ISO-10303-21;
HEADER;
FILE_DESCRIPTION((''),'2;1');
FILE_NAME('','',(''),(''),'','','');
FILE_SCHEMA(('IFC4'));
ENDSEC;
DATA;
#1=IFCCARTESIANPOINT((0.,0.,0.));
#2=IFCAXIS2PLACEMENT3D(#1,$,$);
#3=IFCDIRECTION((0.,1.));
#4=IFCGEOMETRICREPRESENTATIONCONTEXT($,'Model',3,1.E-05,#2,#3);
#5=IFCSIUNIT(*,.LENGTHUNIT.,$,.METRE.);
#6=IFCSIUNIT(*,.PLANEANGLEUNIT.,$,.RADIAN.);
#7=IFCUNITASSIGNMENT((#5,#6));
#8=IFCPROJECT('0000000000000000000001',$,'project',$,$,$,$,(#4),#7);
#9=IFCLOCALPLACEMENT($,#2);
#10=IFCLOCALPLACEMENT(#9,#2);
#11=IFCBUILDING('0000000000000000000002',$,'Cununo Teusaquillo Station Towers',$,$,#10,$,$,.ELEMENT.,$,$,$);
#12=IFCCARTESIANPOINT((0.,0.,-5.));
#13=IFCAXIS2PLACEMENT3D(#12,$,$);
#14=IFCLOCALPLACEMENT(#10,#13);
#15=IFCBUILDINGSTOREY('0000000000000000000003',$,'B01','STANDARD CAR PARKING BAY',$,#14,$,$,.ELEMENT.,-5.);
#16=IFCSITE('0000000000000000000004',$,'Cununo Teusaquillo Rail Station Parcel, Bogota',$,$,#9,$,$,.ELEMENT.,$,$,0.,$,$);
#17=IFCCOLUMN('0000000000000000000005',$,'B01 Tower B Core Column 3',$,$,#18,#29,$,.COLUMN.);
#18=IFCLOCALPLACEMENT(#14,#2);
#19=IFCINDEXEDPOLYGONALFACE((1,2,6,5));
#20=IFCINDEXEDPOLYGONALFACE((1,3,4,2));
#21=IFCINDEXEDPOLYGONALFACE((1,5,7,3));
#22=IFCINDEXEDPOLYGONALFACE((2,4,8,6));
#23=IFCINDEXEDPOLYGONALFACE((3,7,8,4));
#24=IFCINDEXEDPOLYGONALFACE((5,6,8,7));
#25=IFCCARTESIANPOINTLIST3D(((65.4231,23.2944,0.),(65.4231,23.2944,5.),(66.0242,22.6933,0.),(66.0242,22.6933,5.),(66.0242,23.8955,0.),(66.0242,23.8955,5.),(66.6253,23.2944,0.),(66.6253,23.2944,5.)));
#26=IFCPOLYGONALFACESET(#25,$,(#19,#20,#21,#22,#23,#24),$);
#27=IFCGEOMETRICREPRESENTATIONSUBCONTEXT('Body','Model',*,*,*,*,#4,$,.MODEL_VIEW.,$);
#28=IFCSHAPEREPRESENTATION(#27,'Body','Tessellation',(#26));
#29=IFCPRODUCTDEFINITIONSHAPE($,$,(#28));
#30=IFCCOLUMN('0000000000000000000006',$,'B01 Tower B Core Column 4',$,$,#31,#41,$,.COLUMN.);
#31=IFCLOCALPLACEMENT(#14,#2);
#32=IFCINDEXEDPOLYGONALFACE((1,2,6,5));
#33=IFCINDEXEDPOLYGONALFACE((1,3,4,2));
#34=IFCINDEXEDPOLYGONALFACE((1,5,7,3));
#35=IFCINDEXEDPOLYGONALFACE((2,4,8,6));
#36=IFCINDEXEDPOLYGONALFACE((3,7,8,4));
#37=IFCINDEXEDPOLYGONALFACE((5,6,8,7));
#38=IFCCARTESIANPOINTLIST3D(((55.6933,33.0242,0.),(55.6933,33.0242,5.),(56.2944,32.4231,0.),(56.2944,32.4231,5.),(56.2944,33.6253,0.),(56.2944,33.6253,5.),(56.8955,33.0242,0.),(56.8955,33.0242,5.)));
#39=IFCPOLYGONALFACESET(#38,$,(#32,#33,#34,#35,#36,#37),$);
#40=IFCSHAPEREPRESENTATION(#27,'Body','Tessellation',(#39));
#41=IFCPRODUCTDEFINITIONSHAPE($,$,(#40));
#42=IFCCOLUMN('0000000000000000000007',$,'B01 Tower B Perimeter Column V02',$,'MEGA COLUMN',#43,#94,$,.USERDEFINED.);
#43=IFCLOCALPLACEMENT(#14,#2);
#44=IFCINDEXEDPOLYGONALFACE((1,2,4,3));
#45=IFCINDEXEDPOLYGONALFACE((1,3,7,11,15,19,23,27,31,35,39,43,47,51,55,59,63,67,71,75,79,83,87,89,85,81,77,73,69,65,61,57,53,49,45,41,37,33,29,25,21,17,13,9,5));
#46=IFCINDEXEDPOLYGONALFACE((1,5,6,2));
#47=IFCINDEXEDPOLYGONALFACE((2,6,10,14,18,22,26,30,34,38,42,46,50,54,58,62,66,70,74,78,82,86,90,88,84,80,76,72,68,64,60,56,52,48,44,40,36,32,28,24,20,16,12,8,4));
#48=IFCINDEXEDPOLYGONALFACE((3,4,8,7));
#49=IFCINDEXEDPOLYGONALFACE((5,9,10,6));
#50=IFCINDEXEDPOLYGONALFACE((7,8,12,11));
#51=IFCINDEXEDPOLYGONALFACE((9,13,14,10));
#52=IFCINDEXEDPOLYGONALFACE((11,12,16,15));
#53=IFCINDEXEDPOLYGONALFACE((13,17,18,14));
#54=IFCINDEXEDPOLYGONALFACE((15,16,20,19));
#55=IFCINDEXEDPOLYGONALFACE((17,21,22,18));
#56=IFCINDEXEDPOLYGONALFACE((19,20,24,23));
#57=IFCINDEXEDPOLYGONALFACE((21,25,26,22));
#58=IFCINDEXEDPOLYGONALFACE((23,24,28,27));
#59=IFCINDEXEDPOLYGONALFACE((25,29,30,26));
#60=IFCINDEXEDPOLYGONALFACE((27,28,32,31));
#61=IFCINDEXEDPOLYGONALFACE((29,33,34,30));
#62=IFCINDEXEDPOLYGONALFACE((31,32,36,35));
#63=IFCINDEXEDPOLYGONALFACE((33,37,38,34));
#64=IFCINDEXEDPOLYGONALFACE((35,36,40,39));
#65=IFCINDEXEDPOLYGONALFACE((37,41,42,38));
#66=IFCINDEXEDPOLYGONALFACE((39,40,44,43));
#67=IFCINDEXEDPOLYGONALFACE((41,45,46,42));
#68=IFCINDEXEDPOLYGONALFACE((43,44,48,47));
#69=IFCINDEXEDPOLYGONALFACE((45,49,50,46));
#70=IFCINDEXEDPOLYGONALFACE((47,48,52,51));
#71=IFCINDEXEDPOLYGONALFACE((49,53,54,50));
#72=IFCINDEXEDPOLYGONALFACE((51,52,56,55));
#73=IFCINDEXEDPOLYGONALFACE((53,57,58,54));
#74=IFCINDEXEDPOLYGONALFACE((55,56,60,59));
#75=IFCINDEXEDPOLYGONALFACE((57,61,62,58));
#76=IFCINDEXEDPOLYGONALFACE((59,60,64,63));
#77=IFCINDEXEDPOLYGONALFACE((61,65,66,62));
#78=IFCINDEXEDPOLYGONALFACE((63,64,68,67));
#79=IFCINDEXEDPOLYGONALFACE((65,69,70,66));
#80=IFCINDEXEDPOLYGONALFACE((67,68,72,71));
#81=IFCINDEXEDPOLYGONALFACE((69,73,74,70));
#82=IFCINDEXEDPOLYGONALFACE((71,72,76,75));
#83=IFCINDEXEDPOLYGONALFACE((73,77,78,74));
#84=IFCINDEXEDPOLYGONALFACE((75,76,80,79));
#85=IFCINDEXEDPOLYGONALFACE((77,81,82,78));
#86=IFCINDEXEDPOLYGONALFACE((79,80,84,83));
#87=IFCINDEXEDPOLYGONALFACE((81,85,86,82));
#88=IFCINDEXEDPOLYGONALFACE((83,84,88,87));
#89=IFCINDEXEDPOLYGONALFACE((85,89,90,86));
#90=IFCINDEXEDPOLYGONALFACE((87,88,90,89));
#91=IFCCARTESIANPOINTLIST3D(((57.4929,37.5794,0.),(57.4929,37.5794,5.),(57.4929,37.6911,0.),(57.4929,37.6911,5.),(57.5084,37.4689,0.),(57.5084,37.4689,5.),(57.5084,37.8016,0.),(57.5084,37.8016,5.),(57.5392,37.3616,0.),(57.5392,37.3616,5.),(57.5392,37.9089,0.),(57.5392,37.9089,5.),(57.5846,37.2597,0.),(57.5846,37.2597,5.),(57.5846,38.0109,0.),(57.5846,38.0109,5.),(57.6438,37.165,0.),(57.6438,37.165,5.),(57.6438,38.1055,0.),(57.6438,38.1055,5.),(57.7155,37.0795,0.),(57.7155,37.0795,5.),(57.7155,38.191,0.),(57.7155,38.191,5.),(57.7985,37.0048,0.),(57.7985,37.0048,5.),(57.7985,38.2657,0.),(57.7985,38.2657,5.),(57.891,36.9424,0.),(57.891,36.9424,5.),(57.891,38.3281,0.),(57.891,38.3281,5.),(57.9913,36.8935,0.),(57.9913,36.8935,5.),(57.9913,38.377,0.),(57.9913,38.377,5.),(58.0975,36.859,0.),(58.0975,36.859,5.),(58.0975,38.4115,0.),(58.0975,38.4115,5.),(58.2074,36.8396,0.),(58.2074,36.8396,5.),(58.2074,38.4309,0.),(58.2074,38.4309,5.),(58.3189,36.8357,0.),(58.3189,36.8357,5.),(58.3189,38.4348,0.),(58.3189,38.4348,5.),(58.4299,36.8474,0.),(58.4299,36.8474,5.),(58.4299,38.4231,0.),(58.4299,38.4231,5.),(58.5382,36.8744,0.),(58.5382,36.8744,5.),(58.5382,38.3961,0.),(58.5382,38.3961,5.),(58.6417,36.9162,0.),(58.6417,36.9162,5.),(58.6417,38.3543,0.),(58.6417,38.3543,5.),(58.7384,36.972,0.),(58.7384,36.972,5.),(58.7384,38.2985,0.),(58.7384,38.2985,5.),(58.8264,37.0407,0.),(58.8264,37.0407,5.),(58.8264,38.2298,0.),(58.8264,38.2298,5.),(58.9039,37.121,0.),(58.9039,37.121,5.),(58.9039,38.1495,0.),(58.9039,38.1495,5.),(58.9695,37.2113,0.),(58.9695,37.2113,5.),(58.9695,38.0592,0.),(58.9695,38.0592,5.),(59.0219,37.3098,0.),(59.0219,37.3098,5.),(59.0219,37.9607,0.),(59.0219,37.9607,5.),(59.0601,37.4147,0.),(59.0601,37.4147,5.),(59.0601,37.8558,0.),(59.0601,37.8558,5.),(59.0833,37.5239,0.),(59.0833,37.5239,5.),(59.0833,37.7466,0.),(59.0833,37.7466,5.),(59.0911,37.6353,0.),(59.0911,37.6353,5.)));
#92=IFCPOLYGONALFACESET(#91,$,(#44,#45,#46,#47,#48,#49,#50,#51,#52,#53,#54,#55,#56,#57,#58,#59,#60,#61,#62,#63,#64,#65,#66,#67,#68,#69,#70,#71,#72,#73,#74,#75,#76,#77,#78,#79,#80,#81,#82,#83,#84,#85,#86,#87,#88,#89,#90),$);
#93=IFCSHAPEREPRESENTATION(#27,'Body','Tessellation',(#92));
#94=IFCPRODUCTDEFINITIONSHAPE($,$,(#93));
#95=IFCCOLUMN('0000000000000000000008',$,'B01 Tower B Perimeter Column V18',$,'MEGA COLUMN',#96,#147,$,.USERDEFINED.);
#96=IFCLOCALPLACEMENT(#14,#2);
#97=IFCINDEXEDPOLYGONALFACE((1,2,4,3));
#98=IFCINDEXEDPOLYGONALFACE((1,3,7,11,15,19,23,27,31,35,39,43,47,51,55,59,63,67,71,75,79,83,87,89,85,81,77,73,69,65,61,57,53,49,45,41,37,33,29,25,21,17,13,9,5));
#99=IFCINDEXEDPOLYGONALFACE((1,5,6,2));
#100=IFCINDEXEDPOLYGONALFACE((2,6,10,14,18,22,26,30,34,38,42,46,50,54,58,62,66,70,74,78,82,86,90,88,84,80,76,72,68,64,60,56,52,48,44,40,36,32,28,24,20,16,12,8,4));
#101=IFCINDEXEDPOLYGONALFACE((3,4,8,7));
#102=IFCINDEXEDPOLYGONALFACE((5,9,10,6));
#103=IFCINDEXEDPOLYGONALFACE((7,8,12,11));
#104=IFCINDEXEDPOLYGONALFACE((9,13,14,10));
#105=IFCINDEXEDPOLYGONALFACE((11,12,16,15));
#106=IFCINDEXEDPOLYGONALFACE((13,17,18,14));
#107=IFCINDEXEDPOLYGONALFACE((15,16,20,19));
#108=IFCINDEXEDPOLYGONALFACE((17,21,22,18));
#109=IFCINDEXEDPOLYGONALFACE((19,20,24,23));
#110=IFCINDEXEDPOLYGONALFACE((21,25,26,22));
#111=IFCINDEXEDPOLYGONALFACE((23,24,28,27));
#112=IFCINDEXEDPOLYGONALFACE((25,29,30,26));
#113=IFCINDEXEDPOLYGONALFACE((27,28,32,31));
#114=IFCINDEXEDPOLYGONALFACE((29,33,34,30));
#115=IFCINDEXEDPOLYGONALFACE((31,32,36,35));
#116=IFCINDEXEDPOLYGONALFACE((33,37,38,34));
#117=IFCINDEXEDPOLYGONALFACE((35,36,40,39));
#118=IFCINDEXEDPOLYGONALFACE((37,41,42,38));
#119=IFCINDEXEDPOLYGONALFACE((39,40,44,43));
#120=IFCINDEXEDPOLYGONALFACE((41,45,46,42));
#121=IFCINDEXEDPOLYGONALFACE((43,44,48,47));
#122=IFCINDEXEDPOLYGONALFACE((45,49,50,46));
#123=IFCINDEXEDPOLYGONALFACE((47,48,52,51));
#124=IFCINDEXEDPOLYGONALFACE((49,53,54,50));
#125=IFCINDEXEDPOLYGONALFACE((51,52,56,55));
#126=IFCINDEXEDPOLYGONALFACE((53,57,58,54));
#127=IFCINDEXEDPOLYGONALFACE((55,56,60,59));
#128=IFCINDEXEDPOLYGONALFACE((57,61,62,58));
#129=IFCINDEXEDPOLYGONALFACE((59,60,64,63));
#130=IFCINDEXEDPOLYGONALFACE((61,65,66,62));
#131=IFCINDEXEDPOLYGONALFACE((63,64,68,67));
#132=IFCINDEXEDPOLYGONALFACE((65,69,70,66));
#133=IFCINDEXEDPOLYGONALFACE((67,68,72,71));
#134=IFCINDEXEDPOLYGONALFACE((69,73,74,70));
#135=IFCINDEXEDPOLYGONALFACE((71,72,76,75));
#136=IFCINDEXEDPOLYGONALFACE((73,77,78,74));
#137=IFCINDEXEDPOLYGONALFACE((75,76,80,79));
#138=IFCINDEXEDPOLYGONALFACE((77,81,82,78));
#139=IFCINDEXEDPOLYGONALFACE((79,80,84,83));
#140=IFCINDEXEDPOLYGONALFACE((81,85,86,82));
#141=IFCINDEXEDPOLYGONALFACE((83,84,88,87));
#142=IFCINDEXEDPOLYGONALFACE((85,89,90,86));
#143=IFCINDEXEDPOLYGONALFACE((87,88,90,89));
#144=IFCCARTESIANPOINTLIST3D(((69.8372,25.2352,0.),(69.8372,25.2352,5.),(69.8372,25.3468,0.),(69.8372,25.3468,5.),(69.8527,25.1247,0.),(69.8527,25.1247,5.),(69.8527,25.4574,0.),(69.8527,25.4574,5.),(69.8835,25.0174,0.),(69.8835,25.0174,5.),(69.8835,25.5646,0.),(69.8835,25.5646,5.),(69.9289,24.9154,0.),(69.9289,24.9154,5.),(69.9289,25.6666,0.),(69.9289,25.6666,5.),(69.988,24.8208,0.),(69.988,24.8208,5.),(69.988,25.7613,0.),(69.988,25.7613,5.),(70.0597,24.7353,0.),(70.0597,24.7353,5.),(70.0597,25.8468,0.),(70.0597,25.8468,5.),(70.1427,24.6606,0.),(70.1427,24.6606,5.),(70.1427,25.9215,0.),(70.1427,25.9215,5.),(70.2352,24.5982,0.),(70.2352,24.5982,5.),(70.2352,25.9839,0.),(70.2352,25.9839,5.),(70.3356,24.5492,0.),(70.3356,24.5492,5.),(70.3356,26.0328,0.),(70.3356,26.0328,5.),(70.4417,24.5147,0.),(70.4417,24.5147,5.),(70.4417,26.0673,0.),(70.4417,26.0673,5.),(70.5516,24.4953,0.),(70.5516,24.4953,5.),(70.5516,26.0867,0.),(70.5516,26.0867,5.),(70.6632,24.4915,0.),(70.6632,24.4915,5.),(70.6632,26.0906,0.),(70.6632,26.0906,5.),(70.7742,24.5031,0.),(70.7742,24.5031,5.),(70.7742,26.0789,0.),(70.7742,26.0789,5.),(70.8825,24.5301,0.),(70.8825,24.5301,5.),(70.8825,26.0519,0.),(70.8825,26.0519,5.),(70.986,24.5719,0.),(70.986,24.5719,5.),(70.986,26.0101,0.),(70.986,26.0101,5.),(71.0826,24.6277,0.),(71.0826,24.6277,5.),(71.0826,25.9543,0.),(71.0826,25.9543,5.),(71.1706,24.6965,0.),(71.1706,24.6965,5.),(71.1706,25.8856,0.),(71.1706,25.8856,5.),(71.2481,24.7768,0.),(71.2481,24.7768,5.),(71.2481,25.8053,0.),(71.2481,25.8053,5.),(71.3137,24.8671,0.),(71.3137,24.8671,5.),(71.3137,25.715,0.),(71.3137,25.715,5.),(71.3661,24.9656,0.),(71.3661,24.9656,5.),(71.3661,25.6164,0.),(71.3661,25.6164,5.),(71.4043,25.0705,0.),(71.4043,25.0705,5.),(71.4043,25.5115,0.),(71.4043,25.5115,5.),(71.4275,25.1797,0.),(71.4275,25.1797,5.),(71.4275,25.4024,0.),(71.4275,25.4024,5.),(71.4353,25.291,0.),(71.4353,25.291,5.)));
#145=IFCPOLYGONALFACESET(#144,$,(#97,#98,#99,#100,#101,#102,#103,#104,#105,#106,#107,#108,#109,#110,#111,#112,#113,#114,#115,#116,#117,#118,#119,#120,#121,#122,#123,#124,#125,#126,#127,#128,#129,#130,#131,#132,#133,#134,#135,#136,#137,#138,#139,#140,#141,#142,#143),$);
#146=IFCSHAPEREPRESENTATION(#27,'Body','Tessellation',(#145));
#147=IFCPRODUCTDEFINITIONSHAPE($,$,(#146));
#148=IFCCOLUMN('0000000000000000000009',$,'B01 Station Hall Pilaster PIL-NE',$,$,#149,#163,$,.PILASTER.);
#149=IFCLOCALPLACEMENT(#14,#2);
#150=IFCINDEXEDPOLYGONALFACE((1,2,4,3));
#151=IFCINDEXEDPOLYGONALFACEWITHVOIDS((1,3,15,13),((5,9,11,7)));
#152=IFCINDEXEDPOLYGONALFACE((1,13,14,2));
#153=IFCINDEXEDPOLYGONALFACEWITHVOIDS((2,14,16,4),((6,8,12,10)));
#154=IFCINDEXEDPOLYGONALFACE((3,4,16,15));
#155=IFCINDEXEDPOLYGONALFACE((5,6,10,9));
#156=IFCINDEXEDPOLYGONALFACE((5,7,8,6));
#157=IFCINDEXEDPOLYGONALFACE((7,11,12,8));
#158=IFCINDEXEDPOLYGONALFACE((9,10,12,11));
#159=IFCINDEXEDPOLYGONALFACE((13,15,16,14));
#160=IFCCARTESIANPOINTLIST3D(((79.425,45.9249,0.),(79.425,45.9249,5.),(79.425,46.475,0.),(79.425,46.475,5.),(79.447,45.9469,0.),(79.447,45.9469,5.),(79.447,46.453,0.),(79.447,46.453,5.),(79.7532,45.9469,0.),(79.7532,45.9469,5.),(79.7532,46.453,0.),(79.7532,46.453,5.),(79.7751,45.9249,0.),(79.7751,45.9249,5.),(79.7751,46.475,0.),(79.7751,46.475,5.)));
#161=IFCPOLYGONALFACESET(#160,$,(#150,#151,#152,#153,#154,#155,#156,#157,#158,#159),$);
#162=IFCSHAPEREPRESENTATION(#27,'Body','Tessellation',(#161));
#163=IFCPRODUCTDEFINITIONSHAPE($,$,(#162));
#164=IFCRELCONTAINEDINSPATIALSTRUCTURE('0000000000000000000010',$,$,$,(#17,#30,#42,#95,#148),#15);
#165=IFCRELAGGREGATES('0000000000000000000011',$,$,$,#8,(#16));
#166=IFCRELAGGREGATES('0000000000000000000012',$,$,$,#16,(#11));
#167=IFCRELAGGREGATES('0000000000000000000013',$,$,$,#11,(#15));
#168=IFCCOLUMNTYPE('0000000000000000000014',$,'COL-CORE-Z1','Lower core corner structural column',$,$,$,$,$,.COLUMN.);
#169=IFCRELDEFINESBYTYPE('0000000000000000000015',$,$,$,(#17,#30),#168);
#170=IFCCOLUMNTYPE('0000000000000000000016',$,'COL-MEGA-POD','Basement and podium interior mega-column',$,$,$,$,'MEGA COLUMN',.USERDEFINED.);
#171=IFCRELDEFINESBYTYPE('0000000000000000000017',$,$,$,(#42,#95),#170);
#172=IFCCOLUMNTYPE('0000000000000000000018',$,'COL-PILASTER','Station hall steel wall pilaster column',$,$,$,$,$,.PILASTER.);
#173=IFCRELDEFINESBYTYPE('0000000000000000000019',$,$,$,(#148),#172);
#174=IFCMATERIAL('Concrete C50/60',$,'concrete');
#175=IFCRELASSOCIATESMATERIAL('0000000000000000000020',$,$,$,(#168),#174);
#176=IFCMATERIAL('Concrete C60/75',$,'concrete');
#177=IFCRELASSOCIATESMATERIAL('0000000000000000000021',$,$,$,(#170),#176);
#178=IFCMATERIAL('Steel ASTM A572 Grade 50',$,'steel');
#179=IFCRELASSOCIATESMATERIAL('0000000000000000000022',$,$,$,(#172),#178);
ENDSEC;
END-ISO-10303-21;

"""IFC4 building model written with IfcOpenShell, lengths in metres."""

from ifc_helpers import new_model, si_unit, direction, frame, origin, origin_2d, place, context, subcontext, project, spatial, rectangle, hollow_rectangle, circle, extrude, material, material_profile, profile_set, type_object, element, save


model = new_model("IFC4")

# Units and contexts
model_context = context("Model", 3, precision=1e-05, world=origin(), true_north=direction((0.0, 1.0)))
body_context = subcontext(model_context, "Body", "Model", "MODEL_VIEW")
ifc_project = project(units=[si_unit("LENGTHUNIT", "METRE"), si_unit("PLANEANGLEUNIT", "RADIAN")], contexts=[model_context])

# Site, building, storey
site_placement = place(None, origin())
site = spatial("IfcSite", under=ifc_project, at=site_placement, Name="Cununo Teusaquillo Rail Station Parcel, Bogota", CompositionType="ELEMENT", RefElevation=0.0)
building_placement = place(site_placement, origin())
building = spatial("IfcBuilding", under=site, at=building_placement, Name="Cununo Teusaquillo Station Towers", CompositionType="ELEMENT")
storey_placement = place(building_placement, frame((0.0, 0.0, -5.0)))
storey = spatial("IfcBuildingStorey", under=building, at=storey_placement, Name="B01", Description="STANDARD CAR PARKING BAY", CompositionType="ELEMENT", Elevation=-5.0)

# Columns
ifc_material_1 = material(Name="Concrete C50/60", Category="concrete")
ifc_material_profile_1 = material_profile(ifc_material_1, rectangle(XDim=0.8501, YDim=0.8501, at=origin_2d()), Name="RC-RECT-850x850")
ifc_profile_set_1 = profile_set([ifc_material_profile_1], Name="Concrete C50/60")
column_type_1 = type_object("IfcColumnType", Name="COL-CORE-Z1", Description="Lower core corner structural column", PredefinedType="COLUMN", material=ifc_profile_set_1)
for number, where, z_axis, x_axis, name in (
    (1, (66.0242, 23.2944, 0.0), (0.0, 0.0, 1.0), (0.707107, 0.707107, 0.0), "B01 Tower B Core Column 3"),
    (2, (56.2944, 33.0242, 0.0), (0.0, 0.0, 1.0), (0.707107, 0.707107, 0.0), "B01 Tower B Core Column 4"),
):
    element("IfcColumn", number, at=place(storey_placement, frame(where, z_axis=z_axis, x_axis=x_axis)), inside=storey, type_object=column_type_1, Name=name, PredefinedType="COLUMN", context=body_context, shape_type="SweptSolid", body=[
        extrude(rectangle(XDim=0.8501, YDim=0.8501, at=origin_2d()), origin(), (0.0, 0.0, 1.0), 5.0),
    ])
ifc_material_2 = material(Name="Concrete C60/75", Category="concrete")
ifc_material_profile_2 = material_profile(ifc_material_2, circle(Radius=0.8, at=origin_2d()), Name="RC-CIRC-1600")
ifc_profile_set_2 = profile_set([ifc_material_profile_2], Name="Concrete C60/75")
column_type_2 = type_object("IfcColumnType", Name="COL-MEGA-POD", Description="Basement and podium interior mega-column", ElementType="MEGA COLUMN", PredefinedType="USERDEFINED", material=ifc_profile_set_2)
for number, where, z_axis, x_axis, name in (
    (3, (58.291, 37.6353, 0.0), (0.0, 0.0, 1.0), (1.0, 0.0, 0.0), "B01 Tower B Perimeter Column V02"),
    (4, (70.6353, 25.291, 0.0), (0.0, 0.0, 1.0), (1.0, 0.0, 0.0), "B01 Tower B Perimeter Column V18"),
):
    element("IfcColumn", number, at=place(storey_placement, frame(where, z_axis=z_axis, x_axis=x_axis)), inside=storey, type_object=column_type_2, Name=name, ObjectType="MEGA COLUMN", PredefinedType="USERDEFINED", context=body_context, shape_type="SweptSolid", body=[
        extrude(circle(Radius=0.8, at=origin_2d()), origin(), (0.0, 0.0, 1.0), 5.0),
    ])
ifc_material_3 = material(Name="Steel ASTM A572 Grade 50", Category="steel")
ifc_material_profile_3 = material_profile(ifc_material_3, hollow_rectangle(XDim=0.3501, YDim=0.55, WallThickness=0.022, at=origin_2d()), Name="RHS 550x350x22")
ifc_profile_set_3 = profile_set([ifc_material_profile_3], Name="Steel ASTM A572 Grade 50")
column_type_3 = type_object("IfcColumnType", Name="COL-PILASTER", Description="Station hall steel wall pilaster column", PredefinedType="PILASTER", material=ifc_profile_set_3)
column_placement = place(storey_placement, frame((79.6001, 46.2, 0.0), z_axis=(0.0, 0.0, 1.0), x_axis=(1.0, 0.0, 0.0)))
element("IfcColumn", 5, at=column_placement, inside=storey, type_object=column_type_3, Name="B01 Station Hall Pilaster PIL-NE", PredefinedType="PILASTER", context=body_context, shape_type="SweptSolid", body=[
    extrude(hollow_rectangle(XDim=0.3501, YDim=0.55, WallThickness=0.022, at=origin_2d()), origin(), (0.0, 0.0, 1.0), 5.0),
])

save(model, "model.ifc")
